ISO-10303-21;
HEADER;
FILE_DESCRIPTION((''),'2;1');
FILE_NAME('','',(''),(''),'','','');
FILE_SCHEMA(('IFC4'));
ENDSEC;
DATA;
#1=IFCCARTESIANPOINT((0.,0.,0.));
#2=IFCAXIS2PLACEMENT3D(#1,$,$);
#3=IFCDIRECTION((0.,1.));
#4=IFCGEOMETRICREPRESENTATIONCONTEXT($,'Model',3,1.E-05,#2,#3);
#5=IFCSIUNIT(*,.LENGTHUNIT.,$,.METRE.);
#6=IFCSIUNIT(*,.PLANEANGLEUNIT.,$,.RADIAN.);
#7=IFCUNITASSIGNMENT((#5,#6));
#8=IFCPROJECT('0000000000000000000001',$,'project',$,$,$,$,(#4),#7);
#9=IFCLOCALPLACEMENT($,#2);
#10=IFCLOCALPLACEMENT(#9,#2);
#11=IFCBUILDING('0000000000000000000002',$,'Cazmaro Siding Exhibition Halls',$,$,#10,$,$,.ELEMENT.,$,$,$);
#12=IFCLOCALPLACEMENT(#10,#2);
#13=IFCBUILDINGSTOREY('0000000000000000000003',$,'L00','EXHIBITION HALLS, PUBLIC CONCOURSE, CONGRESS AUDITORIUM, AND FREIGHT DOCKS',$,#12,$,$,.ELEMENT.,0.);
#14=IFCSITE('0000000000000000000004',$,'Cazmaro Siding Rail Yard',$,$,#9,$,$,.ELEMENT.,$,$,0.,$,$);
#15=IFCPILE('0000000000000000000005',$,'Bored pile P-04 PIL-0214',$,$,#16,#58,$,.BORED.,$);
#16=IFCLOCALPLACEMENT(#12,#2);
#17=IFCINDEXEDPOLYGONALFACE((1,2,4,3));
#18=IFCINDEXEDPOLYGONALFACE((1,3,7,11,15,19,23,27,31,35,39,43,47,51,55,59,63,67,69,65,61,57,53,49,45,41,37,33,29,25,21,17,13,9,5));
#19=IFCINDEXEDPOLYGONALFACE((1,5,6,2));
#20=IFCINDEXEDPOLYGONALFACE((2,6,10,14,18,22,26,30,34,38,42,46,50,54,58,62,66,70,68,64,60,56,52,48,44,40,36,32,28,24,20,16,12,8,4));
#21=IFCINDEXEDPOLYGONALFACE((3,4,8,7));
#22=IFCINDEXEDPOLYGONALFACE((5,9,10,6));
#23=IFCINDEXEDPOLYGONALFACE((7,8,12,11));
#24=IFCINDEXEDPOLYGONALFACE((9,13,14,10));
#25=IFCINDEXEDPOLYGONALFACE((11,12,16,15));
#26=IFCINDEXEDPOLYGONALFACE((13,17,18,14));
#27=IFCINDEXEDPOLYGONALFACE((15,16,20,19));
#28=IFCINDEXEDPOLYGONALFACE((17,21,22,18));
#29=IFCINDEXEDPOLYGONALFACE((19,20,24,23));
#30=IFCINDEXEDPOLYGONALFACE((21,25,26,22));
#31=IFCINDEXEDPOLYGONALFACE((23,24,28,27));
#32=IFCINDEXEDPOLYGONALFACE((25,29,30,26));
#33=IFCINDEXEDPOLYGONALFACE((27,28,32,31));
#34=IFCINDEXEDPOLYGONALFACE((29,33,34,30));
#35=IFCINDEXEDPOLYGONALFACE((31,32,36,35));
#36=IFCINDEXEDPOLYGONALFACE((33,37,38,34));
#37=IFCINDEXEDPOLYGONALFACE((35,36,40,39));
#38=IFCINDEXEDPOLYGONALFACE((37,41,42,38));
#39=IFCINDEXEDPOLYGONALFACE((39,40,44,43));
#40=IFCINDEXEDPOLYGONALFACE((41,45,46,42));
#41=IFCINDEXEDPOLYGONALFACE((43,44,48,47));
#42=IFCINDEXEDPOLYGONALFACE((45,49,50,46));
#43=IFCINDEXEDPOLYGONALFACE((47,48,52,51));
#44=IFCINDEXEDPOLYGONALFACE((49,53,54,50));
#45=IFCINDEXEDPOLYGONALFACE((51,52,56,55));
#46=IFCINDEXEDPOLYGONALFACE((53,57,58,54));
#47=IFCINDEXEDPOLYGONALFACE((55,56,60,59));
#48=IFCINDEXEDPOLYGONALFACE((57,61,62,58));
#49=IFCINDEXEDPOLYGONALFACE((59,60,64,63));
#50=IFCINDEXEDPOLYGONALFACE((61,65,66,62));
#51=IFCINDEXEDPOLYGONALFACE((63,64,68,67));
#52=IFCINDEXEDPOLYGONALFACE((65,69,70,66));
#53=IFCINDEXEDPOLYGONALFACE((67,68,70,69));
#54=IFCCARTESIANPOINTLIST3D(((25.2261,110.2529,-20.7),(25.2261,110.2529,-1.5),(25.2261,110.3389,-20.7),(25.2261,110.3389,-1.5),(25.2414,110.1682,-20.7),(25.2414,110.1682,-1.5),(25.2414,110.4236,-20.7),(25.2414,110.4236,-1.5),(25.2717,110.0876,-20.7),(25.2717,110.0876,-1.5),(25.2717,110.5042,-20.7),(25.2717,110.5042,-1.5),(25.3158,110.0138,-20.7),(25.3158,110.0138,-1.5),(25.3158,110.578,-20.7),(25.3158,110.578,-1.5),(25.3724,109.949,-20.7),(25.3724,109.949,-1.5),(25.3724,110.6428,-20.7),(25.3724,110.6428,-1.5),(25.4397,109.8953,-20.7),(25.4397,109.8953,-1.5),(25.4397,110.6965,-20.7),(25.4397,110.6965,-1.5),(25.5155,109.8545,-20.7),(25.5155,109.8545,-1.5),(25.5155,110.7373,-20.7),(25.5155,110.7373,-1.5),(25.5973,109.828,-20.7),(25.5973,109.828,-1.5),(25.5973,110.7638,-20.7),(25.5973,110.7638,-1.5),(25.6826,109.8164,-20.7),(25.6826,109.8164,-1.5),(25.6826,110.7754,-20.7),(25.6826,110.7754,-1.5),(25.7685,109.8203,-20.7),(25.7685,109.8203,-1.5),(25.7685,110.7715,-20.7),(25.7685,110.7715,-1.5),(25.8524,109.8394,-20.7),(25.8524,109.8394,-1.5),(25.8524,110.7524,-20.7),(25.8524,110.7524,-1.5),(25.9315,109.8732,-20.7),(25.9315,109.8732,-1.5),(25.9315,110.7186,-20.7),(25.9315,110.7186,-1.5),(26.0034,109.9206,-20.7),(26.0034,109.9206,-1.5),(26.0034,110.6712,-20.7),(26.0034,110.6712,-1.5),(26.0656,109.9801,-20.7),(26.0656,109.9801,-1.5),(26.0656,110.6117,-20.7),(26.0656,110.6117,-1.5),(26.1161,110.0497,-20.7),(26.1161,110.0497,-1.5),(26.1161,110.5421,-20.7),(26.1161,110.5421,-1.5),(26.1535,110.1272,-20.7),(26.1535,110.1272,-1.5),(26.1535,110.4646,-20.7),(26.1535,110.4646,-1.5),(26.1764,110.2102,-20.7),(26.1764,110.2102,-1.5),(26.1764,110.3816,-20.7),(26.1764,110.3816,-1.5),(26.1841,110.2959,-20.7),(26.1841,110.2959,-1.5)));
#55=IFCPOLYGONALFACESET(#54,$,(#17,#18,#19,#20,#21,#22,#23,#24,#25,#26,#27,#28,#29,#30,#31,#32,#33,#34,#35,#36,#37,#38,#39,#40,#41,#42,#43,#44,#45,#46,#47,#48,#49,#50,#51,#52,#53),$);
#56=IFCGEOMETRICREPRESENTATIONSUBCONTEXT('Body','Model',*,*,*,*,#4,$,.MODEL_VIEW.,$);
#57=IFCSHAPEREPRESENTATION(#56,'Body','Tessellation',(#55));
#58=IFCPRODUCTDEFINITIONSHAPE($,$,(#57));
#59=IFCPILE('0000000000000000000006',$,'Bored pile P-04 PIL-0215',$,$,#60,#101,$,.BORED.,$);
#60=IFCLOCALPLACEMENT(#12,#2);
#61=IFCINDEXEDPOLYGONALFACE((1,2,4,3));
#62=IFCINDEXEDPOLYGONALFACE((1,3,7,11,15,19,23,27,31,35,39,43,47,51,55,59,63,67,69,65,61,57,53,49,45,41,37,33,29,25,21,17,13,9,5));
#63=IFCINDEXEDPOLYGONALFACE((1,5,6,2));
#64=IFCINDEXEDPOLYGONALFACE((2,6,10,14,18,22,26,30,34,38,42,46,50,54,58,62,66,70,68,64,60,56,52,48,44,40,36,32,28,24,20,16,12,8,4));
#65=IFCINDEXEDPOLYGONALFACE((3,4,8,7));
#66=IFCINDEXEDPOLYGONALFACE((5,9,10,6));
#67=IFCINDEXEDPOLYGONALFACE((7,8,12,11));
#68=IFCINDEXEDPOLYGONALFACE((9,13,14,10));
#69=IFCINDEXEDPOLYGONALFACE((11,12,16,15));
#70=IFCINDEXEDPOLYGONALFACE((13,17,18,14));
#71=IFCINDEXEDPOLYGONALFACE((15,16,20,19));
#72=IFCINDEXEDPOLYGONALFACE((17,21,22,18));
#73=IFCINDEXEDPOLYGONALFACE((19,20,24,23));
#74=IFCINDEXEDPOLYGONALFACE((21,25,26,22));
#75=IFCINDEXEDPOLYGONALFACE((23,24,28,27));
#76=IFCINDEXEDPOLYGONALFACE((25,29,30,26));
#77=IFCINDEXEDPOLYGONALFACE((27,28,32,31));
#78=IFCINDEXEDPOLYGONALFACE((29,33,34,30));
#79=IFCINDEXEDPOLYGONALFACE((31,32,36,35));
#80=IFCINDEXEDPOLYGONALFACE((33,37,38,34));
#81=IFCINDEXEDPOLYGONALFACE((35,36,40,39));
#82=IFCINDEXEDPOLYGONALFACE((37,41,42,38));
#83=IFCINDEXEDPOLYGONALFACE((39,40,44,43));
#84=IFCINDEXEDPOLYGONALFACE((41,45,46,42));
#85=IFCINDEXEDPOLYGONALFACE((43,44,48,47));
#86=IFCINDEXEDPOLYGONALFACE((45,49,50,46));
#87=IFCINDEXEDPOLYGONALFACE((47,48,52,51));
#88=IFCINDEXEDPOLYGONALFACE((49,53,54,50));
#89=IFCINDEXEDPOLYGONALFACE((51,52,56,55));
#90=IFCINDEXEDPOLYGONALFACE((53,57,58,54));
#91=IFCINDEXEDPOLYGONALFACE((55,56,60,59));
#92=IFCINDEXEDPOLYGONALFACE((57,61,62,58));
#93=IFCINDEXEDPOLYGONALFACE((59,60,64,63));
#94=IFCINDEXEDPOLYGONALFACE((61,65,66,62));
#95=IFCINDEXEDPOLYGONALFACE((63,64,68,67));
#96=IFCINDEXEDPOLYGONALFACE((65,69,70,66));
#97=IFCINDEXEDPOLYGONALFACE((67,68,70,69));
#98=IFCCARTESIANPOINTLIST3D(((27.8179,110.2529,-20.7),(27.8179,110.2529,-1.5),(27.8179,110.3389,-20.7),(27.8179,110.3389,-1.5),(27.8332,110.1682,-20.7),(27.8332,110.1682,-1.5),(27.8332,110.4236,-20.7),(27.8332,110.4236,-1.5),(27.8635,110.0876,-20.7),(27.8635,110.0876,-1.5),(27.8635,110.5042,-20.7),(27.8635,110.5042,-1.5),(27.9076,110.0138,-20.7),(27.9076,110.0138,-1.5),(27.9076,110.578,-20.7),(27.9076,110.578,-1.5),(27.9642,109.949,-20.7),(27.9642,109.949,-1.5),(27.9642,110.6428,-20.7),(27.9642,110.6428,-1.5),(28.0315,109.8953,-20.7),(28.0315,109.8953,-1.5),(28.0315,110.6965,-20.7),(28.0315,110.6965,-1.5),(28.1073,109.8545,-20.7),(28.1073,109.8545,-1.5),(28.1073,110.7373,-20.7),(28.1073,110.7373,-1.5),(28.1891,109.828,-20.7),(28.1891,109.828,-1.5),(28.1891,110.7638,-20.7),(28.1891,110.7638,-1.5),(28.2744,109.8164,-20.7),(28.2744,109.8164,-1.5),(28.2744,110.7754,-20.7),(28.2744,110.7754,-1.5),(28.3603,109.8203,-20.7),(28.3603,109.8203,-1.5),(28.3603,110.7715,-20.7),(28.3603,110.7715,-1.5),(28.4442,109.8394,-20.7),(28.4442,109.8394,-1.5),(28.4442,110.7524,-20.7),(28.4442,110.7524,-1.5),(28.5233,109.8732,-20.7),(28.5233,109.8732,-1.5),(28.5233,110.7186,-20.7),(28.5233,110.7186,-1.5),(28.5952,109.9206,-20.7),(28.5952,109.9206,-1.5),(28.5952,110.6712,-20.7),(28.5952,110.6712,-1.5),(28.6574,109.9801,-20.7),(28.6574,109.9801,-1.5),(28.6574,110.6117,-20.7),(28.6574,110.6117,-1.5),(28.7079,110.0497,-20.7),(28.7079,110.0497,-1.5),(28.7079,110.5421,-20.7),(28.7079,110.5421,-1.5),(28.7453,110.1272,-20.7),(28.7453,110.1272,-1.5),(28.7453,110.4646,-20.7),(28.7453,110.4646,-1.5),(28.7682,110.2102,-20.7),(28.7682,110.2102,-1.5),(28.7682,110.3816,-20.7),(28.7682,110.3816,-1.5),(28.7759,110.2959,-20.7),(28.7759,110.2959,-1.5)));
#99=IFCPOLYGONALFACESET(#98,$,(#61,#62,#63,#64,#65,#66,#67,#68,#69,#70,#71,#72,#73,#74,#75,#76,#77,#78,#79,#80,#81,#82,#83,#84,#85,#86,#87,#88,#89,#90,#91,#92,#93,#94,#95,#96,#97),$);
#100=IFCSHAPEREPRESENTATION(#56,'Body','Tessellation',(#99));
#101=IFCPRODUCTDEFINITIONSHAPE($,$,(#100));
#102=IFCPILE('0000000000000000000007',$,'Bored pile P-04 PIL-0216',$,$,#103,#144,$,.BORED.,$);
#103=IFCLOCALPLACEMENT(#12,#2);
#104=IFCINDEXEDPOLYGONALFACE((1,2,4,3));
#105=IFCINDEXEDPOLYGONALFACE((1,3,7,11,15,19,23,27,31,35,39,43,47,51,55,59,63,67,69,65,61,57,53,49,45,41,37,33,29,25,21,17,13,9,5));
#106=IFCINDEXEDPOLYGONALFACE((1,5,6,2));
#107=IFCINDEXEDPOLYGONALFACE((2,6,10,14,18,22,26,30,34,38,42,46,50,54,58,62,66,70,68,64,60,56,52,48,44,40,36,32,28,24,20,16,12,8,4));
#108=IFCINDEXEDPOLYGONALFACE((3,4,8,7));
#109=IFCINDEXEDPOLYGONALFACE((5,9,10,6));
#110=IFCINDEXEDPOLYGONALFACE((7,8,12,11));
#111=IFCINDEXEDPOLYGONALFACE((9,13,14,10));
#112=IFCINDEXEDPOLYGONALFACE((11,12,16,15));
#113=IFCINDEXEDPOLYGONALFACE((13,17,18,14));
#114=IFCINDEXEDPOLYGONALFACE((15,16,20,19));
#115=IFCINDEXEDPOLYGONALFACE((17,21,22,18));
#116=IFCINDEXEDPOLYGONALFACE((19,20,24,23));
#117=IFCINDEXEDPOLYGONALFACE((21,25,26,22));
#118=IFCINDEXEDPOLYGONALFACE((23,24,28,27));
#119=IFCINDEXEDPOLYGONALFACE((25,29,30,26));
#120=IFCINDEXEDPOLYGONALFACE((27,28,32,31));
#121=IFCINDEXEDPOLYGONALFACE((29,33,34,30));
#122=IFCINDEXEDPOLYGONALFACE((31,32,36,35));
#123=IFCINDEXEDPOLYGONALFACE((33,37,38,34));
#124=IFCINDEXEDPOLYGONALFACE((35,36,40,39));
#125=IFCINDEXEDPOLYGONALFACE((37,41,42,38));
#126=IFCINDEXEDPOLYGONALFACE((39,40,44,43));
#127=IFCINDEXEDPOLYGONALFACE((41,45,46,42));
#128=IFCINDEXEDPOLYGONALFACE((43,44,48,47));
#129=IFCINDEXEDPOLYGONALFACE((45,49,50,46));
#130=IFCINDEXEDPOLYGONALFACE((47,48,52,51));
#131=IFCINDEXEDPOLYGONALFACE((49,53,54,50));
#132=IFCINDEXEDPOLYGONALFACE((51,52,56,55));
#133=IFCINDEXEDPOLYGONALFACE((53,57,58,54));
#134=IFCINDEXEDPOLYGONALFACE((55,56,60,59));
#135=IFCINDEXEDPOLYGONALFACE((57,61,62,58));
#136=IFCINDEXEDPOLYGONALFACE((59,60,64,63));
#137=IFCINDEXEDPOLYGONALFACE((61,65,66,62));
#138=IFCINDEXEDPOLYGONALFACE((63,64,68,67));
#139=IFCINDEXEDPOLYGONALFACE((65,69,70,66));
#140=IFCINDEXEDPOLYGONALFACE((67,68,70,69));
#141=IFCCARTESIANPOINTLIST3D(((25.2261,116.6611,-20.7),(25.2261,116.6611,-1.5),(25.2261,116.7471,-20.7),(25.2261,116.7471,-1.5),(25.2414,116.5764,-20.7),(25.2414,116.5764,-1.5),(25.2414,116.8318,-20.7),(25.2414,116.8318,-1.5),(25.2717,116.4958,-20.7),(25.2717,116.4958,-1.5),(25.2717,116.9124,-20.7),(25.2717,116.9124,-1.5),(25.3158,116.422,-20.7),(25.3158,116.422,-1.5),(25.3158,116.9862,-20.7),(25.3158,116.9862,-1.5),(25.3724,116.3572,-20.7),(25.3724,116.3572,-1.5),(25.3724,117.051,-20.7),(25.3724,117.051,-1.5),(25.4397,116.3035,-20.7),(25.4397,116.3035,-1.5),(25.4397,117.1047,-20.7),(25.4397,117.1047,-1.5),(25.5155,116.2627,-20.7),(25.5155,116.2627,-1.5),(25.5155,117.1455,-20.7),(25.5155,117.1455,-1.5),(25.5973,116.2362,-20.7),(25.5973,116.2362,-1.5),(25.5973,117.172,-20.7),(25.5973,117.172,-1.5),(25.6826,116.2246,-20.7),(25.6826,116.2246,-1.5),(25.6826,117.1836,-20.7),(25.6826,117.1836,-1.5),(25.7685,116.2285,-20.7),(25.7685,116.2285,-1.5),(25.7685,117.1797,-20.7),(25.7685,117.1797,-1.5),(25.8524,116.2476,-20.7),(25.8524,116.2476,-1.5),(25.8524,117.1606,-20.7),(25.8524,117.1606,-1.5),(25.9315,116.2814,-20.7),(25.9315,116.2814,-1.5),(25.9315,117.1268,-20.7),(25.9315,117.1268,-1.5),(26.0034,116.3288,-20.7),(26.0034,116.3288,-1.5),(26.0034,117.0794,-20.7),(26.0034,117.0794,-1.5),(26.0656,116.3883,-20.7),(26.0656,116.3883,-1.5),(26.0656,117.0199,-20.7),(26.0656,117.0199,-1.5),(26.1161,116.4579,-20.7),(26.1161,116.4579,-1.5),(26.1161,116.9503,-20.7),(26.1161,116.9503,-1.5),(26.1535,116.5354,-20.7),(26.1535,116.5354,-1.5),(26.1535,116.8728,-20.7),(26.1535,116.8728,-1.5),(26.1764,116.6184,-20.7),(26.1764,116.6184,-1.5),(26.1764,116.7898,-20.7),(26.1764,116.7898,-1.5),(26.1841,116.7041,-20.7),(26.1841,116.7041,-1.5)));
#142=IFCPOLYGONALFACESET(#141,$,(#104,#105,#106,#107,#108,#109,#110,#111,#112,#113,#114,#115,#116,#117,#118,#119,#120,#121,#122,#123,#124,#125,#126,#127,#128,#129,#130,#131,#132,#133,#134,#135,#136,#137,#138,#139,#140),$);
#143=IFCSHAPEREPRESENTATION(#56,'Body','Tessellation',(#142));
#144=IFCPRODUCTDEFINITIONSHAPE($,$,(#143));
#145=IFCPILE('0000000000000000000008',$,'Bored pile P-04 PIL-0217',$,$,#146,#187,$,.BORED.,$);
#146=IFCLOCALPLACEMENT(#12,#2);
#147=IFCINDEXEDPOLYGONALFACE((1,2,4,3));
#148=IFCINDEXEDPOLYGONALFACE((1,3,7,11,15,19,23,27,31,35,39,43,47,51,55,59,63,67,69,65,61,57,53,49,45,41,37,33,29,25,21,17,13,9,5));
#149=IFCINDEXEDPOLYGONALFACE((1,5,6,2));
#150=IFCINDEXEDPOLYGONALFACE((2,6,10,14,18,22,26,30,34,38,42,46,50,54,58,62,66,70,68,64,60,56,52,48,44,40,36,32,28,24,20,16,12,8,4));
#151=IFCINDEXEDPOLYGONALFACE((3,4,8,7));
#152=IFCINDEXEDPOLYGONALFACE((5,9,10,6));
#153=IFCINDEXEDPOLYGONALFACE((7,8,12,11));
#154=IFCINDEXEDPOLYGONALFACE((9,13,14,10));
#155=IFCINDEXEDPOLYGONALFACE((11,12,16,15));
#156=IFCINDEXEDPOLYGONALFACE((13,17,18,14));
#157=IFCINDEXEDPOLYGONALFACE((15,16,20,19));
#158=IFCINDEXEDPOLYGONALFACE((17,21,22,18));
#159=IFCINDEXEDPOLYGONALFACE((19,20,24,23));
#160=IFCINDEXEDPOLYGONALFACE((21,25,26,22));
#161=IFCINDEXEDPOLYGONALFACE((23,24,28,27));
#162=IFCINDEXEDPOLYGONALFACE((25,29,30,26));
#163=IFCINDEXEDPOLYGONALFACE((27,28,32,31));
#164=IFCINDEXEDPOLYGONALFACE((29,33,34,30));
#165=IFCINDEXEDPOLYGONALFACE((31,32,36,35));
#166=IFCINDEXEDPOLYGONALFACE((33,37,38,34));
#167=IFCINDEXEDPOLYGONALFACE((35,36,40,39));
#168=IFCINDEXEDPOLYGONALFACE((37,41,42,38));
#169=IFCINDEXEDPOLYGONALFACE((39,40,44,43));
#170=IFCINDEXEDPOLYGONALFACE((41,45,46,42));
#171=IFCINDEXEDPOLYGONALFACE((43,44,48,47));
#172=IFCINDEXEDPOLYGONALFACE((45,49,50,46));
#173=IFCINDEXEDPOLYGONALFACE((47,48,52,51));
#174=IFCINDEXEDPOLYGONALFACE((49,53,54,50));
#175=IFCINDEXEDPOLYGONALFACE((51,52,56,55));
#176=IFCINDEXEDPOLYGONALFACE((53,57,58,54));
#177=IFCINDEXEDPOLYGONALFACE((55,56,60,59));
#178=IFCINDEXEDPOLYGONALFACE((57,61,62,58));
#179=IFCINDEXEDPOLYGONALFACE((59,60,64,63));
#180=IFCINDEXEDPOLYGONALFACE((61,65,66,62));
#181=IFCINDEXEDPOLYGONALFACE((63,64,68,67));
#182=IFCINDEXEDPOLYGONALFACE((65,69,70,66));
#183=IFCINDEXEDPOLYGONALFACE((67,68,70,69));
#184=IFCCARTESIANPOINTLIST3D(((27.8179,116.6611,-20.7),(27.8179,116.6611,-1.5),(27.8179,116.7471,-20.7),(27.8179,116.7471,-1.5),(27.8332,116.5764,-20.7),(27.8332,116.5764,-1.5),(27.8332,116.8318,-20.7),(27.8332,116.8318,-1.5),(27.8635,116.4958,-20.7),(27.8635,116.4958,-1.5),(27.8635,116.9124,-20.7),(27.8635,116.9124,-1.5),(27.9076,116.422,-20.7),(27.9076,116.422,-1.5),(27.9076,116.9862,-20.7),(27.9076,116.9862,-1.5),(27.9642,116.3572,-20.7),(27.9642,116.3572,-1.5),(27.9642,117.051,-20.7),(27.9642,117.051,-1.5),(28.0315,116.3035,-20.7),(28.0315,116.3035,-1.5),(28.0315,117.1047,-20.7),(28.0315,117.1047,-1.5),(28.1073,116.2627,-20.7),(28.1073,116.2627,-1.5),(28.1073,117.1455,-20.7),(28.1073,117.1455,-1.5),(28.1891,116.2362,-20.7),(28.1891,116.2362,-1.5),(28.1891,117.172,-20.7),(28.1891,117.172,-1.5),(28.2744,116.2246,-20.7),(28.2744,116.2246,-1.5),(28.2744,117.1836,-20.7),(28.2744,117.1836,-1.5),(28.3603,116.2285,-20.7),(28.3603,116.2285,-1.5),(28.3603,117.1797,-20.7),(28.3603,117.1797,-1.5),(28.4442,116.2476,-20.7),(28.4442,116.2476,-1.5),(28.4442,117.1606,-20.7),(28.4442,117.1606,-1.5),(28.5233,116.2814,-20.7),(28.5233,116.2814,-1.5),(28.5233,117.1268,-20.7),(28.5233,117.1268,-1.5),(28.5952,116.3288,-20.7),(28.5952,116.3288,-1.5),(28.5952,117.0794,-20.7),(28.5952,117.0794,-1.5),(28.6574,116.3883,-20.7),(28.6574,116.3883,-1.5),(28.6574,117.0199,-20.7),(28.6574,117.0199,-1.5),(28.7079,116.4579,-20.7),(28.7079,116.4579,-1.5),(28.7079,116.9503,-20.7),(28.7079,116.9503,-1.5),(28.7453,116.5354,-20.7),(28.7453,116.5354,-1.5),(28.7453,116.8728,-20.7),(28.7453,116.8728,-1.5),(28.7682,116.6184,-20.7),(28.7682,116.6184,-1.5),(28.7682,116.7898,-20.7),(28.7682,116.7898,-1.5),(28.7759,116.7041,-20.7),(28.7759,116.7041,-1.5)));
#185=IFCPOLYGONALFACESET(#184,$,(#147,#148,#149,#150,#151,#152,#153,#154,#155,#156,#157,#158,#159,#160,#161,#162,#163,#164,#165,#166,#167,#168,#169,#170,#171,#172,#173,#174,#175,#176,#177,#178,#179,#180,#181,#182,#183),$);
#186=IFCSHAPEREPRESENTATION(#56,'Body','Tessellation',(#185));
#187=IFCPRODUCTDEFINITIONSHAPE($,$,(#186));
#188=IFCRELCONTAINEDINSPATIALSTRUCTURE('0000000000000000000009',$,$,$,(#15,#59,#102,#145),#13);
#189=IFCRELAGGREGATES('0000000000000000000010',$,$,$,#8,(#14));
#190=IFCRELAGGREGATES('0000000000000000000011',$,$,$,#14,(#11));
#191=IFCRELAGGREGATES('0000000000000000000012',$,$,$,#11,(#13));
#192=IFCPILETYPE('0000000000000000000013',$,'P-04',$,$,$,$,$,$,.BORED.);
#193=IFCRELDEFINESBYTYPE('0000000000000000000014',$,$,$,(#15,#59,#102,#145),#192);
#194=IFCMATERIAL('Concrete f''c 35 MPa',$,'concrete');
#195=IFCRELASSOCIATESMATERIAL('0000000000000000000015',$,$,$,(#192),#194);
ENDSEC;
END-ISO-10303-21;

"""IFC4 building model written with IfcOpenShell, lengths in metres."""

from ifc_helpers import new_model, si_unit, direction, frame, origin, origin_2d, place, context, subcontext, project, spatial, circle, extrude, material, material_profile, profile_set, type_object, element, save


model = new_model("IFC4")

# Units and contexts
model_context = context("Model", 3, precision=1e-05, world=origin(), true_north=direction((0.0, 1.0)))
body_context = subcontext(model_context, "Body", "Model", "MODEL_VIEW")
ifc_project = project(units=[si_unit("LENGTHUNIT", "METRE"), si_unit("PLANEANGLEUNIT", "RADIAN")], contexts=[model_context])

# Site, building, storey
site_placement = place(None, origin())
site = spatial("IfcSite", under=ifc_project, at=site_placement, Name="Cazmaro Siding Rail Yard", CompositionType="ELEMENT", RefElevation=0.0)
building_placement = place(site_placement, origin())
building = spatial("IfcBuilding", under=site, at=building_placement, Name="Cazmaro Siding Exhibition Halls", CompositionType="ELEMENT")
storey_placement = place(building_placement, origin())
storey = spatial("IfcBuildingStorey", under=building, at=storey_placement, Name="L00", Description="EXHIBITION HALLS, PUBLIC CONCOURSE, CONGRESS AUDITORIUM, AND FREIGHT DOCKS", CompositionType="ELEMENT", Elevation=0.0)

# Piles
ifc_material_1 = material(Name="Concrete f'c 35 MPa", Category="concrete")
ifc_material_profile_1 = material_profile(ifc_material_1, circle(Radius=0.48, at=origin_2d()), Name="CIDH-960")
ifc_profile_set_1 = profile_set([ifc_material_profile_1], Name="Concrete f'c 35 MPa")
pile_type = type_object("IfcPileType", Name="P-04", PredefinedType="BORED", material=ifc_profile_set_1)
for number, where, z_axis, x_axis, name in (
    (1, (25.7041, 110.2959, -1.5), (0.0, 0.0, -1.0), (1.0, 0.0, 0.0), "Bored pile P-04 PIL-0214"),
    (2, (28.2959, 110.2959, -1.5), (0.0, 0.0, -1.0), (1.0, 0.0, 0.0), "Bored pile P-04 PIL-0215"),
    (3, (25.7041, 116.7041, -1.5), (0.0, 0.0, -1.0), (1.0, 0.0, 0.0), "Bored pile P-04 PIL-0216"),
    (4, (28.2959, 116.7041, -1.5), (0.0, 0.0, -1.0), (1.0, 0.0, 0.0), "Bored pile P-04 PIL-0217"),
):
    element("IfcPile", number, at=place(storey_placement, frame(where, z_axis=z_axis, x_axis=x_axis)), inside=storey, type_object=pile_type, Name=name, PredefinedType="BORED", context=body_context, shape_type="SweptSolid", body=[
        extrude(circle(Radius=0.48, at=origin_2d()), origin(), (0.0, 0.0, 1.0), 19.2),
    ])

save(model, "model.ifc")
